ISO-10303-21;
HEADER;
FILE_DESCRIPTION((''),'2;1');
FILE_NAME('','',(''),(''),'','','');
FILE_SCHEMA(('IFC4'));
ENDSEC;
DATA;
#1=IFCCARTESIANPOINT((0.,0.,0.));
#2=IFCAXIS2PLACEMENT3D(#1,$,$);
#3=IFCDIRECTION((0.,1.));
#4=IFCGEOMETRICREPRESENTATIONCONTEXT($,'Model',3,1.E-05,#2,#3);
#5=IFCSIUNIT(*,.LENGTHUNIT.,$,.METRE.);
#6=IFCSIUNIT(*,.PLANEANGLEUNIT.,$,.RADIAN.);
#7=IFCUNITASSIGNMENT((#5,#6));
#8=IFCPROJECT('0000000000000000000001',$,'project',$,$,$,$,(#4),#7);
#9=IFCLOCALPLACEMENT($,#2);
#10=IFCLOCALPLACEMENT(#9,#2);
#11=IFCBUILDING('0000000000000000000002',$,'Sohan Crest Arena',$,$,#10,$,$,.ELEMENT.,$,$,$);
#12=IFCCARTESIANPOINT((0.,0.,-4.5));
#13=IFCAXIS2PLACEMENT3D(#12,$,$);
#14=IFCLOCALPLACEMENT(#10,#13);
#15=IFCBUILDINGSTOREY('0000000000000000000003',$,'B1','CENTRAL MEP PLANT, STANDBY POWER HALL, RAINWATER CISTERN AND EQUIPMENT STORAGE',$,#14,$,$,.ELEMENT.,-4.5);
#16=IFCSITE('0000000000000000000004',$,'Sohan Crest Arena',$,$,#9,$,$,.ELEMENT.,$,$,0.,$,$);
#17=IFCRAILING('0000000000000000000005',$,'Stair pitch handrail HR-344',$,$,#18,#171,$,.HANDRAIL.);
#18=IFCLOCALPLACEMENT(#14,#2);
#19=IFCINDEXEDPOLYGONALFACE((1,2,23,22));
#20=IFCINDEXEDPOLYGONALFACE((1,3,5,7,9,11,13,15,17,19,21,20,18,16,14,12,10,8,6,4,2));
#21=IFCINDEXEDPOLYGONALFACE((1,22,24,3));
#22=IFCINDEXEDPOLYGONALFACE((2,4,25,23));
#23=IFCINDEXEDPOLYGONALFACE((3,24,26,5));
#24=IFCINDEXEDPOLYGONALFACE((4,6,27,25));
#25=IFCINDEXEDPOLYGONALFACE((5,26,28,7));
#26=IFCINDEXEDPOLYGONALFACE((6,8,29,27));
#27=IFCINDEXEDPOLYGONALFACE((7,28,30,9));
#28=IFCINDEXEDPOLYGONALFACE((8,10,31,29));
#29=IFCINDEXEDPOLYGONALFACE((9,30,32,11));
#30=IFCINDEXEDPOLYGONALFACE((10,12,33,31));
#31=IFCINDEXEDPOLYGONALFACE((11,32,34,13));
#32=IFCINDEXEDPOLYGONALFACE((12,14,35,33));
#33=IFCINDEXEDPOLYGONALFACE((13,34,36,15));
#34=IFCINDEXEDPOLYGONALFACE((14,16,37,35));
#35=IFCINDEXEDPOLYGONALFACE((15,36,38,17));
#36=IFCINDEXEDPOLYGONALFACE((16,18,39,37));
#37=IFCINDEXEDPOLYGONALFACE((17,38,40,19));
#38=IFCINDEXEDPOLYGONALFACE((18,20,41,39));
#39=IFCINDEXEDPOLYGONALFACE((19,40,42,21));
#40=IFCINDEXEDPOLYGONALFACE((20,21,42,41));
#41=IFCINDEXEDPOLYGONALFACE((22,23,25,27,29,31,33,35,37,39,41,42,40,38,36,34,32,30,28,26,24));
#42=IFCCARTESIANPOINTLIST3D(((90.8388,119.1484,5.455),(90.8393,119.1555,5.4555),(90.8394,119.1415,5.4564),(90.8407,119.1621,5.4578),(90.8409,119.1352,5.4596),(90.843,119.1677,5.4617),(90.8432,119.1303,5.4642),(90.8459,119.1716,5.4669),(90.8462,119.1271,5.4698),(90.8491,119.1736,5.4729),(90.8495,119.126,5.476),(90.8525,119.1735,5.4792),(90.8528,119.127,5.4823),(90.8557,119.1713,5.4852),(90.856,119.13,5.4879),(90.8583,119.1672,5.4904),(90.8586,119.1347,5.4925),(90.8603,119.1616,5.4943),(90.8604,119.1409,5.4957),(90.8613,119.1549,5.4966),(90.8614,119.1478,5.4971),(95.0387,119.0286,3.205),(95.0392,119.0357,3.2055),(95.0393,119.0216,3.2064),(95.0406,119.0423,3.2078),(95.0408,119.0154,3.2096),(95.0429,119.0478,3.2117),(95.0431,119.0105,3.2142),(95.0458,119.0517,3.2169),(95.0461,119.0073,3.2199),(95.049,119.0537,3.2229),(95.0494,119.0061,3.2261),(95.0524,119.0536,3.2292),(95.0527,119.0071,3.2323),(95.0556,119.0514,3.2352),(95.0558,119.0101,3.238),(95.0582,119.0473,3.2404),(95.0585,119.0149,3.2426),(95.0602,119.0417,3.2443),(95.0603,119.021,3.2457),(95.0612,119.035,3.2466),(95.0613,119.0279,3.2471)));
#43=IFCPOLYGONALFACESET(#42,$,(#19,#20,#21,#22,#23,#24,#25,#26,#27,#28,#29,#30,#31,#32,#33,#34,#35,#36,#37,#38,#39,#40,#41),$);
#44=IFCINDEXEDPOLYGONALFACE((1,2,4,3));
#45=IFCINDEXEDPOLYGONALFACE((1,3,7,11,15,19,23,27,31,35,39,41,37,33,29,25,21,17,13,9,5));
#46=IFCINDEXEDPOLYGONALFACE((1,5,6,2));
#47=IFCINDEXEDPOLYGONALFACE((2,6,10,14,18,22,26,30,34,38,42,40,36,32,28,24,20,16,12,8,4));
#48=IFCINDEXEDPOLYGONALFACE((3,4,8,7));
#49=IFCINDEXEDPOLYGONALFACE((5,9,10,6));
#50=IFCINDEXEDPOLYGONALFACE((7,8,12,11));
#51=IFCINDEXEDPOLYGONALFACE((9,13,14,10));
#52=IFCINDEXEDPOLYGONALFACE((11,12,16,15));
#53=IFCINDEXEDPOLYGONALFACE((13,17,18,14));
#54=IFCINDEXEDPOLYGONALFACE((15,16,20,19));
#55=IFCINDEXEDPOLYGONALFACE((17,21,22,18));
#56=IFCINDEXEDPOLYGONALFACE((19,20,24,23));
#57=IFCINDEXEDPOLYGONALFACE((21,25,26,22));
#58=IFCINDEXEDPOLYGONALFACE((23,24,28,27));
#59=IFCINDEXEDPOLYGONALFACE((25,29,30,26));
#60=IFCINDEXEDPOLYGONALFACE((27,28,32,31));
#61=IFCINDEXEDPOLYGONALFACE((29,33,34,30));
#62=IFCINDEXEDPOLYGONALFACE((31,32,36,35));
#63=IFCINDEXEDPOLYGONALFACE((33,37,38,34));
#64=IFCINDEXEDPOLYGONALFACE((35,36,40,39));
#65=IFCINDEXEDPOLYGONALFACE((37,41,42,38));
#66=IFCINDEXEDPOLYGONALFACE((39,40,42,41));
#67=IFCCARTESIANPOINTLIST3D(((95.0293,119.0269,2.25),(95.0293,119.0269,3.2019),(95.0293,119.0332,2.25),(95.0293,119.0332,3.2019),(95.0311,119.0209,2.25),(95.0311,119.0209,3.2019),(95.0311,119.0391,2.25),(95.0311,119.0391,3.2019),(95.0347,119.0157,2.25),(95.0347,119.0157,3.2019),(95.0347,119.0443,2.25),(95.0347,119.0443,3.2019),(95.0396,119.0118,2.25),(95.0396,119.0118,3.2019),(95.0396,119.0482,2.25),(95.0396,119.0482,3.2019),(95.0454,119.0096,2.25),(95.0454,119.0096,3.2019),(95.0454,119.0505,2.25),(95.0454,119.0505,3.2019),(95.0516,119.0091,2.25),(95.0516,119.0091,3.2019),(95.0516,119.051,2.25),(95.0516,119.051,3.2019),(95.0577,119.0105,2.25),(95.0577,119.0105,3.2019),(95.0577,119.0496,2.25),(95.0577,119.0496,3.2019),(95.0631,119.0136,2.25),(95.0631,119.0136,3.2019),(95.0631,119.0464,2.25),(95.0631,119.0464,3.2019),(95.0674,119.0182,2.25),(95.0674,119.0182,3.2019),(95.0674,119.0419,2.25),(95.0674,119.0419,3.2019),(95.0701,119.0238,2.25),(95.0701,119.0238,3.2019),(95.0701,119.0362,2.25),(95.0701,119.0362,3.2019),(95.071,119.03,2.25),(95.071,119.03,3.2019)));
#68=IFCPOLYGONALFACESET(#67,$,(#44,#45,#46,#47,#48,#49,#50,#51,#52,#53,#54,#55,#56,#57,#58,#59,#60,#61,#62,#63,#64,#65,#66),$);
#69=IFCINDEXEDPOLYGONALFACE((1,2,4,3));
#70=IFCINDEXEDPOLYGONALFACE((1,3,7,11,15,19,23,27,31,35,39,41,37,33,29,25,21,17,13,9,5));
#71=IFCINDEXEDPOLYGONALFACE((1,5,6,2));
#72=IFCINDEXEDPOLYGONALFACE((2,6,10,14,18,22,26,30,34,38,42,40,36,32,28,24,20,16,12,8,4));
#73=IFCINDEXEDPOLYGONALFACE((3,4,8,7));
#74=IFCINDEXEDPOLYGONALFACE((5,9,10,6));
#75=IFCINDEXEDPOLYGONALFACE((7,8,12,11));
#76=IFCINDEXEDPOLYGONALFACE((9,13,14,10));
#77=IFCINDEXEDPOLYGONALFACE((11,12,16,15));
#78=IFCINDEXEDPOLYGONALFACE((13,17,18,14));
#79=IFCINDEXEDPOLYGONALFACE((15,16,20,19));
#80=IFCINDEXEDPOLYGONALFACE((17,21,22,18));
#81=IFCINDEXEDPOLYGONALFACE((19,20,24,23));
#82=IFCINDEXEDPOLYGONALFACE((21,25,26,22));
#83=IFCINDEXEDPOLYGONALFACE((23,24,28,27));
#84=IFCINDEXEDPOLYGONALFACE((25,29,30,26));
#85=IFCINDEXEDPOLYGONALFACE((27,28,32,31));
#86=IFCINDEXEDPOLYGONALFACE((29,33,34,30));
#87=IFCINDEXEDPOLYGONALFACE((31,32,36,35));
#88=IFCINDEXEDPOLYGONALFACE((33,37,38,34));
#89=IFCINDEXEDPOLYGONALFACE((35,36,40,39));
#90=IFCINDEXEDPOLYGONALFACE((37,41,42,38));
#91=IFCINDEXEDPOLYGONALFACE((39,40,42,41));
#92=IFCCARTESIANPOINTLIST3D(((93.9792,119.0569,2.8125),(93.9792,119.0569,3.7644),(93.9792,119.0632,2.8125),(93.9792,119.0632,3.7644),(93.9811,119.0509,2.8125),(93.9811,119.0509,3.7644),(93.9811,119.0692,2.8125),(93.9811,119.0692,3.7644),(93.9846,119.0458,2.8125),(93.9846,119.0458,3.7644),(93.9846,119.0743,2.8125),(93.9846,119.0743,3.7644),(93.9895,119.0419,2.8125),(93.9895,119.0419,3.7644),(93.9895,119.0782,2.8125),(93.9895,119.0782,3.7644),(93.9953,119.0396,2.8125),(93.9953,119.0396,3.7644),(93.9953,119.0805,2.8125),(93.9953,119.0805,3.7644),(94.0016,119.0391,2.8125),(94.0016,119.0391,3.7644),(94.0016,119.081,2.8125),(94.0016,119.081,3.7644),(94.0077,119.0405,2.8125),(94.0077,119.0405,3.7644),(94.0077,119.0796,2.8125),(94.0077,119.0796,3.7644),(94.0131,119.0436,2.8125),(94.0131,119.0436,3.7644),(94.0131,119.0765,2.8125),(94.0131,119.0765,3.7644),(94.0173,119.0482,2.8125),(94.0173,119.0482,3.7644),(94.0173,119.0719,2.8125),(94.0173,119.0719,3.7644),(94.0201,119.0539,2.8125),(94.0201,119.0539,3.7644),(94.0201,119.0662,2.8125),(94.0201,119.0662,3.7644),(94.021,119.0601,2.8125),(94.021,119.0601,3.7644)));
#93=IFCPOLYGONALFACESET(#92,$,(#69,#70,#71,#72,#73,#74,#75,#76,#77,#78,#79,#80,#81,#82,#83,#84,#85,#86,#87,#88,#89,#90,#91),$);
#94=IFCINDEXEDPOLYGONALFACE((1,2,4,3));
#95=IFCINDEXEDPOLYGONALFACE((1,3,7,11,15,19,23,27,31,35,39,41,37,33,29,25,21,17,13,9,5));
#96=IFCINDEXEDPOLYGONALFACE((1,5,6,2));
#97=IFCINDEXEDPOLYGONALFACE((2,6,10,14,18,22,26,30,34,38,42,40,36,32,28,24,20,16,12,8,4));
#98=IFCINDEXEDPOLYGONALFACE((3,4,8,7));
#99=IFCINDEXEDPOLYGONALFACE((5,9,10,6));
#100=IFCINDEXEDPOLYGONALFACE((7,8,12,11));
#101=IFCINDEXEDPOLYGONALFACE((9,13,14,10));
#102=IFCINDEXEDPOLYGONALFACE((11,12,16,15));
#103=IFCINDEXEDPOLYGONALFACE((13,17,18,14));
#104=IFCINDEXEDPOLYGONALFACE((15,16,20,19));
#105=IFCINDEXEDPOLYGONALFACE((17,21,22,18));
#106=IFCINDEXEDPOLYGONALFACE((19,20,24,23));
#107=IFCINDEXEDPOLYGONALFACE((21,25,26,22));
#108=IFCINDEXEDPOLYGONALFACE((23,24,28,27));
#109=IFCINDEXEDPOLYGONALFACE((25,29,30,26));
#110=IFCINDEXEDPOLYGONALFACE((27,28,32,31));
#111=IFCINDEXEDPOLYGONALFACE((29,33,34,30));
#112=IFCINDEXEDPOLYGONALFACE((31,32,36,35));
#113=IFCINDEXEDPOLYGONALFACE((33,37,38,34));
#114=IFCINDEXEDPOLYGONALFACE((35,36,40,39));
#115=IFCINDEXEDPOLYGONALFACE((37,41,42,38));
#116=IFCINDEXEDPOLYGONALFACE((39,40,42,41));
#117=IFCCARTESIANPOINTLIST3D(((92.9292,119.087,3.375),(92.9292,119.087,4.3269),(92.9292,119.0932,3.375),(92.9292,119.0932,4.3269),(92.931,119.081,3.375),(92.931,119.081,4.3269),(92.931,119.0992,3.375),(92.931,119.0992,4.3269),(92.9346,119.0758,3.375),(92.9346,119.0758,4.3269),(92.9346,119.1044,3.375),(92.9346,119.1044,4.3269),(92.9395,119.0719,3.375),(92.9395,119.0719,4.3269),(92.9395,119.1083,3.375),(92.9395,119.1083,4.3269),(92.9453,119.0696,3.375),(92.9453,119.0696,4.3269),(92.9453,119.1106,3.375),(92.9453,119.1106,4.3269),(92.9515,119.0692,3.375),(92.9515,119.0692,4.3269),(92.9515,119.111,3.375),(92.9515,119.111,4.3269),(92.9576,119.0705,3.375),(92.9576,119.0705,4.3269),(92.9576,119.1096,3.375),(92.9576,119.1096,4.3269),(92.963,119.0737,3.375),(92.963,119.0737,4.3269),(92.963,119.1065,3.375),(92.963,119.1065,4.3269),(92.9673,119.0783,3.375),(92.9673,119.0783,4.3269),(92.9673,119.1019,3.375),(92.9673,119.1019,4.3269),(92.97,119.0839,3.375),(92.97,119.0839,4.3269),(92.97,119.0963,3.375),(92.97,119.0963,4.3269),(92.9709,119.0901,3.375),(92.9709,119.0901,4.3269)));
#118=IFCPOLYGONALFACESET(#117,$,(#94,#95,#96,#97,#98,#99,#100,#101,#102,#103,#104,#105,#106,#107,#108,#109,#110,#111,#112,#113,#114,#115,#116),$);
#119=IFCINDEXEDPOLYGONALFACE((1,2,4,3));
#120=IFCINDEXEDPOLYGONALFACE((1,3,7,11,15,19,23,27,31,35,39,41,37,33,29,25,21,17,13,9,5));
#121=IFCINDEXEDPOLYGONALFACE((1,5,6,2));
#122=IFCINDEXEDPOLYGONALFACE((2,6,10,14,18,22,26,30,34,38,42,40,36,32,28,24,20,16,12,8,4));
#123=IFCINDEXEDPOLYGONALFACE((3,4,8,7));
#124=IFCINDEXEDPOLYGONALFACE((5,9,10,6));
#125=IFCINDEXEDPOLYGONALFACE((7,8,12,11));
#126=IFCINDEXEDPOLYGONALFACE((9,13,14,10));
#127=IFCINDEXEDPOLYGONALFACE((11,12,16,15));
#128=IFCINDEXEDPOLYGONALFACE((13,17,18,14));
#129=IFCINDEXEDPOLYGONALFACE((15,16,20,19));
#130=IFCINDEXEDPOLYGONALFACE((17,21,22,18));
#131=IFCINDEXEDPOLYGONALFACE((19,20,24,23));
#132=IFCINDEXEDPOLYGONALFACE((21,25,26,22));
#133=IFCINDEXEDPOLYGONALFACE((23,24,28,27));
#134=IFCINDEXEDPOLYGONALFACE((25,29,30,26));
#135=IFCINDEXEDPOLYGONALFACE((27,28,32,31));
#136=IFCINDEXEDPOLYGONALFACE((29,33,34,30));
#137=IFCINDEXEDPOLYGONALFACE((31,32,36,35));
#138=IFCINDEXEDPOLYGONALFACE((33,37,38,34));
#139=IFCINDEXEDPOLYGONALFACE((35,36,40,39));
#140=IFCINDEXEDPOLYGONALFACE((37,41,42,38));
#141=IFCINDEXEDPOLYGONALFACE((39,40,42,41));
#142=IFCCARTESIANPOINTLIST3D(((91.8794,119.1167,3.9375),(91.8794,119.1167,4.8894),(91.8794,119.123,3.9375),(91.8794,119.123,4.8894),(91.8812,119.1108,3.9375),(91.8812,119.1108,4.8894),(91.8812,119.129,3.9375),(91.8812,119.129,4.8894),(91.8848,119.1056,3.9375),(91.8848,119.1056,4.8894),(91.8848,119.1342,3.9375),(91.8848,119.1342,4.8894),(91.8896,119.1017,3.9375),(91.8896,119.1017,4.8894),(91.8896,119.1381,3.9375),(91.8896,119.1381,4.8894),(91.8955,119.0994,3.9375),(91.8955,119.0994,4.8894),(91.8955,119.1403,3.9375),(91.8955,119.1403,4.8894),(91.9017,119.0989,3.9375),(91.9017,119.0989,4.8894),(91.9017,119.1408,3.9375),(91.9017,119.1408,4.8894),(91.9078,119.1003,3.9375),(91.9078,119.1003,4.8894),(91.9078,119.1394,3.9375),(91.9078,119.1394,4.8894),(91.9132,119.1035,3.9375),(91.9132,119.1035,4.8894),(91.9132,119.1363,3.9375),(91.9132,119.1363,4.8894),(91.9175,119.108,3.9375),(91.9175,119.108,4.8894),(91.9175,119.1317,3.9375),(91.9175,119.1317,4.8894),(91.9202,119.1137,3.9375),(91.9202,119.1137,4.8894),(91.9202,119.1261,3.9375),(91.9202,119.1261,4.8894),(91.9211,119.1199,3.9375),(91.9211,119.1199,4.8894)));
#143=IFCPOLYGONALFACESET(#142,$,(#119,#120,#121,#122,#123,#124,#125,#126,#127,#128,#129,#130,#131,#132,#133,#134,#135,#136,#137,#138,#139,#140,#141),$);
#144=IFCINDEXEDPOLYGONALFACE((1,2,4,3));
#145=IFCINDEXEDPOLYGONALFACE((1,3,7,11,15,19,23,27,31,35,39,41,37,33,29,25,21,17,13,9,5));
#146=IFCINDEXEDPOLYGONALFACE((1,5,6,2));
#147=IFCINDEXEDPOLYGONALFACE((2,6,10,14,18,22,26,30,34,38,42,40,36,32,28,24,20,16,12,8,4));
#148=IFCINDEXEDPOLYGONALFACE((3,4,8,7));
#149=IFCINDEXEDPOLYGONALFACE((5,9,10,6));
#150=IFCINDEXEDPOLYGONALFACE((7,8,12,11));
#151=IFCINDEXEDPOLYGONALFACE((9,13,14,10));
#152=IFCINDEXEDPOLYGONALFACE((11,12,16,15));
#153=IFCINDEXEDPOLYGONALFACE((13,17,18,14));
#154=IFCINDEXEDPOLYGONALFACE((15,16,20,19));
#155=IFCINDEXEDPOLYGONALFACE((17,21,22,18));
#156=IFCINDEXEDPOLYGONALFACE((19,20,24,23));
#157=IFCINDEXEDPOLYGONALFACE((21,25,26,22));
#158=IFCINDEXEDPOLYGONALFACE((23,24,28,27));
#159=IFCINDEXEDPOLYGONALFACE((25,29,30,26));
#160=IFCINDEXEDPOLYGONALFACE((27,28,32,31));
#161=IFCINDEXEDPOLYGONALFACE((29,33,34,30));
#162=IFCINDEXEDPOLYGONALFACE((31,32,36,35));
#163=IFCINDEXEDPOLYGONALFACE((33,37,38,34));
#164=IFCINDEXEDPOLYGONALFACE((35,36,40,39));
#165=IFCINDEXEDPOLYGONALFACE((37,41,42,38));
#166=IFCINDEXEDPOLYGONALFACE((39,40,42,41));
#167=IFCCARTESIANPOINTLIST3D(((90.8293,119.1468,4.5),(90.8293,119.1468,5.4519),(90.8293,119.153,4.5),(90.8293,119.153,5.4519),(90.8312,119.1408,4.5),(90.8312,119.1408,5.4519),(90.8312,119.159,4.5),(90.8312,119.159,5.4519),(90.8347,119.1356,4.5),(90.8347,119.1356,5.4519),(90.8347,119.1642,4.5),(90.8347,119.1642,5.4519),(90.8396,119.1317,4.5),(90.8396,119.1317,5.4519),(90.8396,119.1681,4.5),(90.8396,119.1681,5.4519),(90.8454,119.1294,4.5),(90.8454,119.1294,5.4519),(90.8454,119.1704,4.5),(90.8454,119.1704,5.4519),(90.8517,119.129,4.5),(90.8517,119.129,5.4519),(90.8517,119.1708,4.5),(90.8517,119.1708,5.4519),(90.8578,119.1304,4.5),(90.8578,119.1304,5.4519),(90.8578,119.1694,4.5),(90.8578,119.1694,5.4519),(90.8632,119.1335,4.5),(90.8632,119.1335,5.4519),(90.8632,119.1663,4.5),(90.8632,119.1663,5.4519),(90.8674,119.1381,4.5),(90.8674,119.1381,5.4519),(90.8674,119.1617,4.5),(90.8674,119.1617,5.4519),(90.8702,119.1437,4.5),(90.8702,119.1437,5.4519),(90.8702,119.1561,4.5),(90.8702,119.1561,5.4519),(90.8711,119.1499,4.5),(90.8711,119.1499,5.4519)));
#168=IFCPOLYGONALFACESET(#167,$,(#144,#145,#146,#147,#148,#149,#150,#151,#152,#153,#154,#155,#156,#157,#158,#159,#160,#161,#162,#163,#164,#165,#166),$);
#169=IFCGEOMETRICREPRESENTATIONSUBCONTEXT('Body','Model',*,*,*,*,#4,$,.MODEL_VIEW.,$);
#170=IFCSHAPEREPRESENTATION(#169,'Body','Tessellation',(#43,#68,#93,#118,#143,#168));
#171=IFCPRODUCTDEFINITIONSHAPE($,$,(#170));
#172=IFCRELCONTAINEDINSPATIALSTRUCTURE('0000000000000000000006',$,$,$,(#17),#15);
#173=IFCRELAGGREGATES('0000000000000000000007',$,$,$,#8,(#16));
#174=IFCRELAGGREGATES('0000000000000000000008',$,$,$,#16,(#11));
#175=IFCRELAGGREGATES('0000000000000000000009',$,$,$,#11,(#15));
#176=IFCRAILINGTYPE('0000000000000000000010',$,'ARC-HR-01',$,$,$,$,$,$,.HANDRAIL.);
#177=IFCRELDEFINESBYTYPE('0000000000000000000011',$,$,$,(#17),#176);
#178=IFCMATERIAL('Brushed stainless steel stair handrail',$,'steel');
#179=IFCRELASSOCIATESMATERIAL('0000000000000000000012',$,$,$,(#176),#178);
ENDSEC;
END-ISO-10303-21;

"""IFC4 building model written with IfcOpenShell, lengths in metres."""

from ifc_helpers import new_model, si_unit, direction, frame, origin, origin_2d, place, context, subcontext, project, spatial, circle, extrude, material, type_object, element, save


model = new_model("IFC4")

# Units and contexts
model_context = context("Model", 3, precision=1e-05, world=origin(), true_north=direction((0.0, 1.0)))
body_context = subcontext(model_context, "Body", "Model", "MODEL_VIEW")
ifc_project = project(units=[si_unit("LENGTHUNIT", "METRE"), si_unit("PLANEANGLEUNIT", "RADIAN")], contexts=[model_context])

# Site, building, storey
site_placement = place(None, origin())
site = spatial("IfcSite", under=ifc_project, at=site_placement, Name="Sohan Crest Arena", CompositionType="ELEMENT", RefElevation=0.0)
building_placement = place(site_placement, origin())
building = spatial("IfcBuilding", under=site, at=building_placement, Name="Sohan Crest Arena", CompositionType="ELEMENT")
storey_placement = place(building_placement, frame((0.0, 0.0, -4.5)))
storey = spatial("IfcBuildingStorey", under=building, at=storey_placement, Name="B1", Description="CENTRAL MEP PLANT, STANDBY POWER HALL, RAINWATER CISTERN AND EQUIPMENT STORAGE", CompositionType="ELEMENT", Elevation=-4.5)

# Railing
ifc_material_1 = material(Name="Brushed stainless steel stair handrail", Category="steel")
railing_type = type_object("IfcRailingType", Name="ARC-HR-01", PredefinedType="HANDRAIL", material=ifc_material_1)
railing_placement = place(storey_placement, frame((95.05, 119.03, 2.25)))
element("IfcRailing", 1, at=railing_placement, inside=storey, type_object=railing_type, Name="Stair pitch handrail HR-344", PredefinedType="HANDRAIL", context=body_context, shape_type="SweptSolid", body=[
    extrude(circle(Radius=0.0239, at=origin_2d()), frame((0.0, 0.0, 0.9761), z_axis=(-0.881199, 0.025151, 0.472076), x_axis=(-0.02853, -0.999593, 0.0)), (0.0, 0.0, 1.0), 4.7661),
    extrude(circle(Radius=0.021, at=origin_2d()), origin(), (0.0, 0.0, 1.0), 0.9519),
    extrude(circle(Radius=0.021, at=origin_2d()), frame((-1.05, 0.03, 0.5625)), (0.0, 0.0, 1.0), 0.9519),
    extrude(circle(Radius=0.021, at=origin_2d()), frame((-2.1001, 0.0601, 1.125)), (0.0, 0.0, 1.0), 0.9519),
    extrude(circle(Radius=0.021, at=origin_2d()), frame((-3.1499, 0.0898, 1.6875)), (0.0, 0.0, 1.0), 0.9519),
    extrude(circle(Radius=0.021, at=origin_2d()), frame((-4.2, 0.1199, 2.25)), (0.0, 0.0, 1.0), 0.9519),
])

save(model, "model.ifc")
